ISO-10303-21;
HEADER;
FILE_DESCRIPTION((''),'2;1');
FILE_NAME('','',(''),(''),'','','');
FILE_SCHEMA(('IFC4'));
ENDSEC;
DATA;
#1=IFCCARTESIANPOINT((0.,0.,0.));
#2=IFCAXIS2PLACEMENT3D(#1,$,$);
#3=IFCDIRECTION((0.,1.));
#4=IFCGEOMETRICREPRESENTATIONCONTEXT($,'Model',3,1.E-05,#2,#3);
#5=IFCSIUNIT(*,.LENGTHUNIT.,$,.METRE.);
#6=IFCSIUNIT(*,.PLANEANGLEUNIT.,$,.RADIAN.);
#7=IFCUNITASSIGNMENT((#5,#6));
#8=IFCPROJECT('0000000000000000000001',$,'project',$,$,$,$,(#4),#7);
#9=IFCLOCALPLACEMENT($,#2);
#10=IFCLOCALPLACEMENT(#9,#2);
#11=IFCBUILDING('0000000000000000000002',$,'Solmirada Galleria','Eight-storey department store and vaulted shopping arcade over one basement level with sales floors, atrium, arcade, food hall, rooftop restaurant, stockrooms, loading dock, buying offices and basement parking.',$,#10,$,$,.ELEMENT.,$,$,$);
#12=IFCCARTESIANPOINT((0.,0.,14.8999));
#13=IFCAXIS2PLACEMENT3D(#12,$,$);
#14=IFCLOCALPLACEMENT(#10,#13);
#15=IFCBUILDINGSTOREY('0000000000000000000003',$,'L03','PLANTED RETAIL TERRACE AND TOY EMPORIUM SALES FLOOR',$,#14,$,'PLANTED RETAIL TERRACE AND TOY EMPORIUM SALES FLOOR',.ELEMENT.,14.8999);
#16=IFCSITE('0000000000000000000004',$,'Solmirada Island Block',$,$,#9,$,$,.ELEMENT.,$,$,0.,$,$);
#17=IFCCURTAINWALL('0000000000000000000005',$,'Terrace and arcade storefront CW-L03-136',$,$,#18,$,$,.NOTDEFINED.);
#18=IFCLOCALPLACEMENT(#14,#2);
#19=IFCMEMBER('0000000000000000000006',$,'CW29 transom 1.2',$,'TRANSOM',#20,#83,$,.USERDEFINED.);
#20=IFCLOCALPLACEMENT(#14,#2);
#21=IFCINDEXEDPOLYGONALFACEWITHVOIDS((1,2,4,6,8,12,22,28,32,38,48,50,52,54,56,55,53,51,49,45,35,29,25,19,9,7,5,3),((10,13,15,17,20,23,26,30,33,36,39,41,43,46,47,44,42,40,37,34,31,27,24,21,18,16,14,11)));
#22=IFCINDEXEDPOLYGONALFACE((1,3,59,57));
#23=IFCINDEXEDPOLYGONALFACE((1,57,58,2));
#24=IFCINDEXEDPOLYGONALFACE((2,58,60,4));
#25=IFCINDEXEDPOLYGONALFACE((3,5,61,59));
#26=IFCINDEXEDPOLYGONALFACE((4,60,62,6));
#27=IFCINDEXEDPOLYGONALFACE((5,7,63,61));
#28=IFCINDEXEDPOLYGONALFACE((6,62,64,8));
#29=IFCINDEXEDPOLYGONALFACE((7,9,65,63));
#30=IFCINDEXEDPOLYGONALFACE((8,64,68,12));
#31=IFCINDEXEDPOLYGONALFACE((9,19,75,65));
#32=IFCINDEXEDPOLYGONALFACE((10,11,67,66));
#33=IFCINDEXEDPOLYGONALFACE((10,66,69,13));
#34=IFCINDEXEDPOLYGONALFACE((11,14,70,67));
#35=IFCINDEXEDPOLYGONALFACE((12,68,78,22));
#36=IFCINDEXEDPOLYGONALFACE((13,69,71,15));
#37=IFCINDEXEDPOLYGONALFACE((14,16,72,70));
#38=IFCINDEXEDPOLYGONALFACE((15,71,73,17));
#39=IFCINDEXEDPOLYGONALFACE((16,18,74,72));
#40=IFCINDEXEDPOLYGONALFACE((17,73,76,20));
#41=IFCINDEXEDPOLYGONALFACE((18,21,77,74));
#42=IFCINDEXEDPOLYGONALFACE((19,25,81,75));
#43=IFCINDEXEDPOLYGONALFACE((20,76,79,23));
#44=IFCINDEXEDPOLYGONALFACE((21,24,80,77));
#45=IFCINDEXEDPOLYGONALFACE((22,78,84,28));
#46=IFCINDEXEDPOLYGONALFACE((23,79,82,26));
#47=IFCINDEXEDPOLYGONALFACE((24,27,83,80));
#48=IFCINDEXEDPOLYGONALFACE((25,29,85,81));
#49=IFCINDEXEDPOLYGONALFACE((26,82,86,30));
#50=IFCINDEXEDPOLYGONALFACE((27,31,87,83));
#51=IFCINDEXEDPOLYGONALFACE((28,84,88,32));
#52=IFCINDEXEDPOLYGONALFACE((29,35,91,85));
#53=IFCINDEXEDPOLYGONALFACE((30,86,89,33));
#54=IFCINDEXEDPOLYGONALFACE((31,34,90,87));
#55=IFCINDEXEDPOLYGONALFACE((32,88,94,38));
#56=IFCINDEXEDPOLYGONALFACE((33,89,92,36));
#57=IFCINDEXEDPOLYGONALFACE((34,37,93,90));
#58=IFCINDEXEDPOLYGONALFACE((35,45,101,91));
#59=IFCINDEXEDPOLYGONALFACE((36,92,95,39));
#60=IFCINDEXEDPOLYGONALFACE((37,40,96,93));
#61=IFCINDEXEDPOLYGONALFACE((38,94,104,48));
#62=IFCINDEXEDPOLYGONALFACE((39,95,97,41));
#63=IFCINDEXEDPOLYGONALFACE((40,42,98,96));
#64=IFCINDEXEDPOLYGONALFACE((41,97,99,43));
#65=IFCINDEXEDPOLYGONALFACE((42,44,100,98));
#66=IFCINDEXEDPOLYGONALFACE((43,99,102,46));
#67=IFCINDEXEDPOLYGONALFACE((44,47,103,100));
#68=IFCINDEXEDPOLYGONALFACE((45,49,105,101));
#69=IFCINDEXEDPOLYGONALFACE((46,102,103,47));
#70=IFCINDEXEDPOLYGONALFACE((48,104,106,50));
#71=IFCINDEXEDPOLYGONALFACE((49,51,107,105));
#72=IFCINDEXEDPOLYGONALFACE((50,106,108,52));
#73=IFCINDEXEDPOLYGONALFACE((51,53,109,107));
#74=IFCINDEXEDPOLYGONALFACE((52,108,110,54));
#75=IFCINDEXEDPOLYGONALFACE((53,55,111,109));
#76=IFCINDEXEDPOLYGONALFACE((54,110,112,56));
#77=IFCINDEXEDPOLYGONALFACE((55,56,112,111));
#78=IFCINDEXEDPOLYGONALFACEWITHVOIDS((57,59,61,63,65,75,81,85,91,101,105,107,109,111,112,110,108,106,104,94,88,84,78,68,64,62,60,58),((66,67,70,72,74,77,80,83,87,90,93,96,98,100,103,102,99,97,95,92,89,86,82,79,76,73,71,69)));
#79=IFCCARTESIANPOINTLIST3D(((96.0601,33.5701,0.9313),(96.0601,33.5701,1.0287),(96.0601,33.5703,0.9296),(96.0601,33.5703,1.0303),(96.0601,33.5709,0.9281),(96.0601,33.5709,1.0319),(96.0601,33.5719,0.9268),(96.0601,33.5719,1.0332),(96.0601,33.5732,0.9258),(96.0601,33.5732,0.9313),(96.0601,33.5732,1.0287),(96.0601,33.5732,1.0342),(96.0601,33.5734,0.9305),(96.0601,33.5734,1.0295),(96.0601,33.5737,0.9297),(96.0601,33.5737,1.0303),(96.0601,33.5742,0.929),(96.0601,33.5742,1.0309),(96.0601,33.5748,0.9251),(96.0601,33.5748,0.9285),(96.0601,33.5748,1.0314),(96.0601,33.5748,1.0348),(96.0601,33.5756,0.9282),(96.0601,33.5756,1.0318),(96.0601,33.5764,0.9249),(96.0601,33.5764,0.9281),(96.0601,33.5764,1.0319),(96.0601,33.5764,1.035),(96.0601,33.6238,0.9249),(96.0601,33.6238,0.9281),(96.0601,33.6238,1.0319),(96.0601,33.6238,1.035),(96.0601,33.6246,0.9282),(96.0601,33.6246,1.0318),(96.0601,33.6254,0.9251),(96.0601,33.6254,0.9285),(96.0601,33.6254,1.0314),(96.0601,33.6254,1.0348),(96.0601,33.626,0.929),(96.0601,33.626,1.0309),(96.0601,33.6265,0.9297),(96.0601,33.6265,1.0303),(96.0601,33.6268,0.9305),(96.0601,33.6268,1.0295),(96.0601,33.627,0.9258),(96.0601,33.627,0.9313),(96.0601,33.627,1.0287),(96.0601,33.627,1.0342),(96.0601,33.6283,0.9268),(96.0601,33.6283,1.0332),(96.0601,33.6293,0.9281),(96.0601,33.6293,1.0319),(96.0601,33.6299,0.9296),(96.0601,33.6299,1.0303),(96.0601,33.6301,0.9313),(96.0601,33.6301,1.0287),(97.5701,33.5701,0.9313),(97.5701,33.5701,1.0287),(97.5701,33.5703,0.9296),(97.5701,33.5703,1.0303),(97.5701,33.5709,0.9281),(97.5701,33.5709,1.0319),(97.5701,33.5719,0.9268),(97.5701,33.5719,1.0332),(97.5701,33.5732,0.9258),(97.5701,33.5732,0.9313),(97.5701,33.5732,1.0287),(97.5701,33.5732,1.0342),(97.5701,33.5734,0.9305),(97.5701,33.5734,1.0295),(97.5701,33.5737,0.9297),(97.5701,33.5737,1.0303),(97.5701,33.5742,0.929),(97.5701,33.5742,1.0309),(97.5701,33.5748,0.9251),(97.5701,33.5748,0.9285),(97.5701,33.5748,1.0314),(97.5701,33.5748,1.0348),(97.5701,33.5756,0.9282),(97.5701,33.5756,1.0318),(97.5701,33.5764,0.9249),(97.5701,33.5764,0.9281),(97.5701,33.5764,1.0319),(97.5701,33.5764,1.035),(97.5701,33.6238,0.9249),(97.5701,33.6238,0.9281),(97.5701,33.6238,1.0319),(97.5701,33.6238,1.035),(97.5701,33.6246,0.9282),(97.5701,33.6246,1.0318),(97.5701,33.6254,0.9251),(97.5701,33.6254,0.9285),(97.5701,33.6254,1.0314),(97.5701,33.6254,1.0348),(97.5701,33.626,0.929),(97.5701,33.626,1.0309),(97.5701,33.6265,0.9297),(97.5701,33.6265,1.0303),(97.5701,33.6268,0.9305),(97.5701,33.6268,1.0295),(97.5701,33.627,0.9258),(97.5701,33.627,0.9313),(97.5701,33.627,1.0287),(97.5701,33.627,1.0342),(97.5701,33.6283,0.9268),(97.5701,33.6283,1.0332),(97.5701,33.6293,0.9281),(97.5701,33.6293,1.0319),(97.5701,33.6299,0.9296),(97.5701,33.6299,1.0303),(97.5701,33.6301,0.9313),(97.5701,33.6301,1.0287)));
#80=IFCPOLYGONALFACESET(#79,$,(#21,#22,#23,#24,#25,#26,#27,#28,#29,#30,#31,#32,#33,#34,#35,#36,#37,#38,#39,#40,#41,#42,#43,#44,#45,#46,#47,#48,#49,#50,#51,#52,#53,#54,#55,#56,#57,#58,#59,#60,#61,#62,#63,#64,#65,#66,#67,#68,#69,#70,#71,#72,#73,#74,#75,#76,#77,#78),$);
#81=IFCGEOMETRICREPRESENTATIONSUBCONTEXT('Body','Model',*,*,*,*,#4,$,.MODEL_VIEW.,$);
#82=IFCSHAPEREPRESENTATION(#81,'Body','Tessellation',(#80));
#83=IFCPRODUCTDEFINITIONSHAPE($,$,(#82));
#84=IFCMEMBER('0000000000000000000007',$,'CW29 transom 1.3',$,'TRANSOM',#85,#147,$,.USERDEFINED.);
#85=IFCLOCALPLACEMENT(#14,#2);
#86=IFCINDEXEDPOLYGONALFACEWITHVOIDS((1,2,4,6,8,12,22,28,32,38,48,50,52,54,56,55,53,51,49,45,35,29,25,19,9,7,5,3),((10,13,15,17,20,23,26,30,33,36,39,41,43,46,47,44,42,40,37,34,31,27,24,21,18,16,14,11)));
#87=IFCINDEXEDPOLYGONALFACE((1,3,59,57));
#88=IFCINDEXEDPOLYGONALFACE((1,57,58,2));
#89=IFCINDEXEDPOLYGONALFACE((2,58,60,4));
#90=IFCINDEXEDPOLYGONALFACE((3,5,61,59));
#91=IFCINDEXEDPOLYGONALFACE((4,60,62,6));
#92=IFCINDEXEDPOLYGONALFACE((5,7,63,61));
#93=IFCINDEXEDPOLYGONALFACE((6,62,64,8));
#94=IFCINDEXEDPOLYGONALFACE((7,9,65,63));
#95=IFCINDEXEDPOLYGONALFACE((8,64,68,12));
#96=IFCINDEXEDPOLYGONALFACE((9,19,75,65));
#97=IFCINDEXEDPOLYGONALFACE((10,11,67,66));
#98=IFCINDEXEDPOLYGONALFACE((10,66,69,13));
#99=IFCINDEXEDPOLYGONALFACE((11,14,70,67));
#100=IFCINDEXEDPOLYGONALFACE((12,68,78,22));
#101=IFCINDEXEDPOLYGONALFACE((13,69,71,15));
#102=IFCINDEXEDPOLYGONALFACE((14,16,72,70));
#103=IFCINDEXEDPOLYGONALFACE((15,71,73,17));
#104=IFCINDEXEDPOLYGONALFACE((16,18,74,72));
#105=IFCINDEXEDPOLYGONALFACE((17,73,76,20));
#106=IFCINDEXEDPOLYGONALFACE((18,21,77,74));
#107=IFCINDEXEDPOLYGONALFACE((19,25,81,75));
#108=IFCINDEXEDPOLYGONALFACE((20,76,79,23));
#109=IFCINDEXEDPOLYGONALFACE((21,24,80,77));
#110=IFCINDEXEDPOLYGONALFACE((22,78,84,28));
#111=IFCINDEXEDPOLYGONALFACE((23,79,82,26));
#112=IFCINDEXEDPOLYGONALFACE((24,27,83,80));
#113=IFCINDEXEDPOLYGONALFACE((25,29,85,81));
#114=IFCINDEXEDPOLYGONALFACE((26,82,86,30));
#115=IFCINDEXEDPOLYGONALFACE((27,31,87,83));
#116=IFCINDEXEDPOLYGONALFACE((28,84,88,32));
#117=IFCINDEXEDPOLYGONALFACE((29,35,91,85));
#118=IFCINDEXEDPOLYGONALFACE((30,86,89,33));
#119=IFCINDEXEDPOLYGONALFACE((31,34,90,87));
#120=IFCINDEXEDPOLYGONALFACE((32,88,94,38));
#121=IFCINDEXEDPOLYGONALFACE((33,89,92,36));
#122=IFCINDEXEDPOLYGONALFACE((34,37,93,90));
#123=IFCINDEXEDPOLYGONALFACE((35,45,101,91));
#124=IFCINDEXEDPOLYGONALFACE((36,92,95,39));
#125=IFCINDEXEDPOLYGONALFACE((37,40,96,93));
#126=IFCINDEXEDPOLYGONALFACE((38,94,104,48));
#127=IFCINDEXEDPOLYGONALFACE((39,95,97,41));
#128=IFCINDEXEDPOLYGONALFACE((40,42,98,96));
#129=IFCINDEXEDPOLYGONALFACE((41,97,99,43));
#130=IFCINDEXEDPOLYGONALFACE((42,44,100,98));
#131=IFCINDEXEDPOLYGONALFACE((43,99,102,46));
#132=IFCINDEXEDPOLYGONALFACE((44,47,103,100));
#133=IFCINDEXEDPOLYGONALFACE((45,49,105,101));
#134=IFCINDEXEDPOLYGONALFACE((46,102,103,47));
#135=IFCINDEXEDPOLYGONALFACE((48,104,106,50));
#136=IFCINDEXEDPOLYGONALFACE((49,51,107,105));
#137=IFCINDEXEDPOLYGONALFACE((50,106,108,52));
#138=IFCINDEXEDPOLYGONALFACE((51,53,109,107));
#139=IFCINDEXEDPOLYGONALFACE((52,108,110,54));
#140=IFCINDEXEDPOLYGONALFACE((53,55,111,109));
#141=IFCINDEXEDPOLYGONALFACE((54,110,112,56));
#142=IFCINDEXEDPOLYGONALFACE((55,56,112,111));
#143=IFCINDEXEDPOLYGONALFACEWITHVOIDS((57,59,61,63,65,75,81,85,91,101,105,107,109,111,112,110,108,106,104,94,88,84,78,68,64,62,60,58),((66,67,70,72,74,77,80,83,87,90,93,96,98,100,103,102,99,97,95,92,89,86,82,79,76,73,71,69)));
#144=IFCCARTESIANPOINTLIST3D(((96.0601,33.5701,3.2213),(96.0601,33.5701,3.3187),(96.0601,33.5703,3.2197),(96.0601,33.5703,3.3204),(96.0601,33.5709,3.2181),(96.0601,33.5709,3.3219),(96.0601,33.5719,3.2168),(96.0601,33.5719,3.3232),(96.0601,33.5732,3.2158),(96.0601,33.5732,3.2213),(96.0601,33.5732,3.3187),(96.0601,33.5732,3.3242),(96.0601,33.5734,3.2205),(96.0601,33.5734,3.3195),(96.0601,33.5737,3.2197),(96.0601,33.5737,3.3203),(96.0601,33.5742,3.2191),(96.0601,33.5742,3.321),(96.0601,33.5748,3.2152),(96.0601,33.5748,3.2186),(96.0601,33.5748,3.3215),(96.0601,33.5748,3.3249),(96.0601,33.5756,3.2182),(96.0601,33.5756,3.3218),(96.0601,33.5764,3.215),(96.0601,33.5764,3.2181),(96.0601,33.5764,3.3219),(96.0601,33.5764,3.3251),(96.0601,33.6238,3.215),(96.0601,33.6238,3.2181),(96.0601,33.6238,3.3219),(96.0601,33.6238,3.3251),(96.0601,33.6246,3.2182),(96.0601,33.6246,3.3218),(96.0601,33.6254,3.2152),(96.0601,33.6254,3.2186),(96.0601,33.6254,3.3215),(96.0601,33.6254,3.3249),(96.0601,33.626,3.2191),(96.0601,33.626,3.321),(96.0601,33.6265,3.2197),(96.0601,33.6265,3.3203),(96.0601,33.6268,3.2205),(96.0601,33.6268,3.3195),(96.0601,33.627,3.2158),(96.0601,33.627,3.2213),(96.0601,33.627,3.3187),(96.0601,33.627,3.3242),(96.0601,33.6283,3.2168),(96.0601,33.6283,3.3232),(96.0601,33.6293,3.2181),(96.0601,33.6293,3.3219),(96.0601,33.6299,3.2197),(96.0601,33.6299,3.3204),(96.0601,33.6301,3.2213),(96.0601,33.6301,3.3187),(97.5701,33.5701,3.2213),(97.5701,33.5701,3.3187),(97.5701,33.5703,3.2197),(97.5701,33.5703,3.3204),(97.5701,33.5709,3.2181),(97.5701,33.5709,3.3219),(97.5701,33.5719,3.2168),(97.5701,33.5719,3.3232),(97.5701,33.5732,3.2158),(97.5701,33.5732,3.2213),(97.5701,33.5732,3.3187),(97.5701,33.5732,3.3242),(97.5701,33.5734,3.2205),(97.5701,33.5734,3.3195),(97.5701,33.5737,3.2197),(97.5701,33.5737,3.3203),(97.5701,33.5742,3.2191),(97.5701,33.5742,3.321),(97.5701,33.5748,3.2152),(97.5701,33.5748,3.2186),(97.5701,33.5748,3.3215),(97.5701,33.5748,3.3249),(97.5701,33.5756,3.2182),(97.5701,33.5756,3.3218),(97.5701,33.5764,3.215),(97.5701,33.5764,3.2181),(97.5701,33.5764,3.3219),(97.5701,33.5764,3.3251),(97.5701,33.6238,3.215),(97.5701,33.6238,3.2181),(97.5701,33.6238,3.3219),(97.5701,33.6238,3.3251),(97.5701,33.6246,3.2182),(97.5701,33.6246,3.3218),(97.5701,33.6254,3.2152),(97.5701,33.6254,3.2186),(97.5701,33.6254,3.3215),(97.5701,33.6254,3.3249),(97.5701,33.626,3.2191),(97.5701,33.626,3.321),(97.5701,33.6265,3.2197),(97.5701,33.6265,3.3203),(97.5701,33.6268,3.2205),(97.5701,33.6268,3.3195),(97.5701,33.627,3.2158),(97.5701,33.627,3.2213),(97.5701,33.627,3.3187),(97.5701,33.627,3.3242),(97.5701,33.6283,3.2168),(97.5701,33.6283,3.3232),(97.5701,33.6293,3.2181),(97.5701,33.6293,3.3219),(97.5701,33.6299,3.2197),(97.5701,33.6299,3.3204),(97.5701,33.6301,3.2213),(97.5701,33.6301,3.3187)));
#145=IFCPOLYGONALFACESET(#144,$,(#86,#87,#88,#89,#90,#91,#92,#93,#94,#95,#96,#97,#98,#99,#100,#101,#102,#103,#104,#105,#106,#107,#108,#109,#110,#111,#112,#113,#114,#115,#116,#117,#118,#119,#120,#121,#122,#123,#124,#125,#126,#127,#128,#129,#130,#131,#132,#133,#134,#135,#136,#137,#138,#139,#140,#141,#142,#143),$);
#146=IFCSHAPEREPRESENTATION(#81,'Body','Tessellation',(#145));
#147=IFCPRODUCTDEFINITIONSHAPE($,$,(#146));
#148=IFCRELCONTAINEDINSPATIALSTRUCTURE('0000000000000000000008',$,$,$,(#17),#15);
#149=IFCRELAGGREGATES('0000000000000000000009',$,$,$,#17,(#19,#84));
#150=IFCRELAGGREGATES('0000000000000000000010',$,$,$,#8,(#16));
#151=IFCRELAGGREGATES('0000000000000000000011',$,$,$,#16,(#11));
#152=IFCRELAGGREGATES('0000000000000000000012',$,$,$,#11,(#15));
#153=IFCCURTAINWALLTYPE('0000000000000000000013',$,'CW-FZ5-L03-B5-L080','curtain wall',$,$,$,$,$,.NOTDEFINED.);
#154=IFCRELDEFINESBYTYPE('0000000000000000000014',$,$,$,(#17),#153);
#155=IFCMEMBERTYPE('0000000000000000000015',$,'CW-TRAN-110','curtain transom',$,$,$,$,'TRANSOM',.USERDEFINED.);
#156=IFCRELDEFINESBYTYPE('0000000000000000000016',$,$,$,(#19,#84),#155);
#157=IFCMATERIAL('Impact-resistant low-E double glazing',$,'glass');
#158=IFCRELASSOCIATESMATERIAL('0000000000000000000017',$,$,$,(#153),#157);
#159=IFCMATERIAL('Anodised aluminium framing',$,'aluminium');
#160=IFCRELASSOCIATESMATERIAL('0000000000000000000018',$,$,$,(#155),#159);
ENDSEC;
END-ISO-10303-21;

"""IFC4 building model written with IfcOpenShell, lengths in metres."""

from ifc_helpers import new_model, si_unit, direction, frame, origin, origin_2d, place, context, subcontext, project, spatial, hollow_rectangle, extrude, material, material_profile, profile_set, type_object, element, aggregate, save


model = new_model("IFC4")

# Units and contexts
model_context = context("Model", 3, precision=1e-05, world=origin(), true_north=direction((0.0, 1.0)))
body_context = subcontext(model_context, "Body", "Model", "MODEL_VIEW")
ifc_project = project(units=[si_unit("LENGTHUNIT", "METRE"), si_unit("PLANEANGLEUNIT", "RADIAN")], contexts=[model_context])

# Site, building, storey
site_placement = place(None, origin())
site = spatial("IfcSite", under=ifc_project, at=site_placement, Name="Solmirada Island Block", CompositionType="ELEMENT", RefElevation=0.0)
building_placement = place(site_placement, origin())
building = spatial("IfcBuilding", under=site, at=building_placement, Name="Solmirada Galleria", Description="Eight-storey department store and vaulted shopping arcade over one basement level with sales floors, atrium, arcade, food hall, rooftop restaurant, stockrooms, loading dock, buying offices and basement parking.", CompositionType="ELEMENT")
storey_placement = place(building_placement, frame((0.0, 0.0, 14.8999)))
storey = spatial("IfcBuildingStorey", under=building, at=storey_placement, Name="L03", Description="PLANTED RETAIL TERRACE AND TOY EMPORIUM SALES FLOOR", LongName="PLANTED RETAIL TERRACE AND TOY EMPORIUM SALES FLOOR", CompositionType="ELEMENT", Elevation=14.8999)

# Curtain wall, members
ifc_material_1 = material(Name="Impact-resistant low-E double glazing", Category="glass")
curtain_wall_type = type_object("IfcCurtainWallType", Name="CW-FZ5-L03-B5-L080", Description="curtain wall", PredefinedType="NOTDEFINED", material=ifc_material_1)
curtain_wall_placement = place(storey_placement, origin())
curtain_wall = element("IfcCurtainWall", 1, at=curtain_wall_placement, inside=storey, type_object=curtain_wall_type, Name="Terrace and arcade storefront CW-L03-136", PredefinedType="NOTDEFINED")
ifc_material_2 = material(Name="Anodised aluminium framing", Category="aluminium")
ifc_material_profile_1 = material_profile(ifc_material_2, hollow_rectangle(XDim=0.0601, YDim=0.1101, WallThickness=0.0032, InnerFilletRadius=0.0032, OuterFilletRadius=0.0063, at=origin_2d()), Name="ALU-TRAN-110X60")
ifc_profile_set_1 = profile_set([ifc_material_profile_1], Name="Anodised aluminium framing")
member_type_1 = type_object("IfcMemberType", Name="CW-TRAN-110", Description="curtain transom", ElementType="TRANSOM", PredefinedType="USERDEFINED", material=ifc_profile_set_1)
member_1_placement = place(storey_placement, frame((96.0601, 33.6001, 0.98), z_axis=(1.0, 0.0, 0.0), x_axis=(0.0, 1.0, 0.0)))
member_1 = element("IfcMember", 2, at=member_1_placement, type_object=member_type_1, Name="CW29 transom 1.2", ObjectType="TRANSOM", PredefinedType="USERDEFINED", context=body_context, shape_type="SweptSolid", body=[
    extrude(hollow_rectangle(XDim=0.0601, YDim=0.1101, WallThickness=0.0032, InnerFilletRadius=0.0032, OuterFilletRadius=0.0063, at=origin_2d()), origin(), (0.0, 0.0, 1.0), 1.51),
])
member_2_placement = place(storey_placement, frame((96.0601, 33.6001, 3.27), z_axis=(1.0, 0.0, 0.0), x_axis=(0.0, 1.0, 0.0)))
member_2 = element("IfcMember", 3, at=member_2_placement, type_object=member_type_1, Name="CW29 transom 1.3", ObjectType="TRANSOM", PredefinedType="USERDEFINED", context=body_context, shape_type="SweptSolid", body=[
    extrude(hollow_rectangle(XDim=0.0601, YDim=0.1101, WallThickness=0.0032, InnerFilletRadius=0.0032, OuterFilletRadius=0.0063, at=origin_2d()), origin(), (0.0, 0.0, 1.0), 1.51),
])
aggregate(curtain_wall, [member_1, member_2])

save(model, "model.ifc")
